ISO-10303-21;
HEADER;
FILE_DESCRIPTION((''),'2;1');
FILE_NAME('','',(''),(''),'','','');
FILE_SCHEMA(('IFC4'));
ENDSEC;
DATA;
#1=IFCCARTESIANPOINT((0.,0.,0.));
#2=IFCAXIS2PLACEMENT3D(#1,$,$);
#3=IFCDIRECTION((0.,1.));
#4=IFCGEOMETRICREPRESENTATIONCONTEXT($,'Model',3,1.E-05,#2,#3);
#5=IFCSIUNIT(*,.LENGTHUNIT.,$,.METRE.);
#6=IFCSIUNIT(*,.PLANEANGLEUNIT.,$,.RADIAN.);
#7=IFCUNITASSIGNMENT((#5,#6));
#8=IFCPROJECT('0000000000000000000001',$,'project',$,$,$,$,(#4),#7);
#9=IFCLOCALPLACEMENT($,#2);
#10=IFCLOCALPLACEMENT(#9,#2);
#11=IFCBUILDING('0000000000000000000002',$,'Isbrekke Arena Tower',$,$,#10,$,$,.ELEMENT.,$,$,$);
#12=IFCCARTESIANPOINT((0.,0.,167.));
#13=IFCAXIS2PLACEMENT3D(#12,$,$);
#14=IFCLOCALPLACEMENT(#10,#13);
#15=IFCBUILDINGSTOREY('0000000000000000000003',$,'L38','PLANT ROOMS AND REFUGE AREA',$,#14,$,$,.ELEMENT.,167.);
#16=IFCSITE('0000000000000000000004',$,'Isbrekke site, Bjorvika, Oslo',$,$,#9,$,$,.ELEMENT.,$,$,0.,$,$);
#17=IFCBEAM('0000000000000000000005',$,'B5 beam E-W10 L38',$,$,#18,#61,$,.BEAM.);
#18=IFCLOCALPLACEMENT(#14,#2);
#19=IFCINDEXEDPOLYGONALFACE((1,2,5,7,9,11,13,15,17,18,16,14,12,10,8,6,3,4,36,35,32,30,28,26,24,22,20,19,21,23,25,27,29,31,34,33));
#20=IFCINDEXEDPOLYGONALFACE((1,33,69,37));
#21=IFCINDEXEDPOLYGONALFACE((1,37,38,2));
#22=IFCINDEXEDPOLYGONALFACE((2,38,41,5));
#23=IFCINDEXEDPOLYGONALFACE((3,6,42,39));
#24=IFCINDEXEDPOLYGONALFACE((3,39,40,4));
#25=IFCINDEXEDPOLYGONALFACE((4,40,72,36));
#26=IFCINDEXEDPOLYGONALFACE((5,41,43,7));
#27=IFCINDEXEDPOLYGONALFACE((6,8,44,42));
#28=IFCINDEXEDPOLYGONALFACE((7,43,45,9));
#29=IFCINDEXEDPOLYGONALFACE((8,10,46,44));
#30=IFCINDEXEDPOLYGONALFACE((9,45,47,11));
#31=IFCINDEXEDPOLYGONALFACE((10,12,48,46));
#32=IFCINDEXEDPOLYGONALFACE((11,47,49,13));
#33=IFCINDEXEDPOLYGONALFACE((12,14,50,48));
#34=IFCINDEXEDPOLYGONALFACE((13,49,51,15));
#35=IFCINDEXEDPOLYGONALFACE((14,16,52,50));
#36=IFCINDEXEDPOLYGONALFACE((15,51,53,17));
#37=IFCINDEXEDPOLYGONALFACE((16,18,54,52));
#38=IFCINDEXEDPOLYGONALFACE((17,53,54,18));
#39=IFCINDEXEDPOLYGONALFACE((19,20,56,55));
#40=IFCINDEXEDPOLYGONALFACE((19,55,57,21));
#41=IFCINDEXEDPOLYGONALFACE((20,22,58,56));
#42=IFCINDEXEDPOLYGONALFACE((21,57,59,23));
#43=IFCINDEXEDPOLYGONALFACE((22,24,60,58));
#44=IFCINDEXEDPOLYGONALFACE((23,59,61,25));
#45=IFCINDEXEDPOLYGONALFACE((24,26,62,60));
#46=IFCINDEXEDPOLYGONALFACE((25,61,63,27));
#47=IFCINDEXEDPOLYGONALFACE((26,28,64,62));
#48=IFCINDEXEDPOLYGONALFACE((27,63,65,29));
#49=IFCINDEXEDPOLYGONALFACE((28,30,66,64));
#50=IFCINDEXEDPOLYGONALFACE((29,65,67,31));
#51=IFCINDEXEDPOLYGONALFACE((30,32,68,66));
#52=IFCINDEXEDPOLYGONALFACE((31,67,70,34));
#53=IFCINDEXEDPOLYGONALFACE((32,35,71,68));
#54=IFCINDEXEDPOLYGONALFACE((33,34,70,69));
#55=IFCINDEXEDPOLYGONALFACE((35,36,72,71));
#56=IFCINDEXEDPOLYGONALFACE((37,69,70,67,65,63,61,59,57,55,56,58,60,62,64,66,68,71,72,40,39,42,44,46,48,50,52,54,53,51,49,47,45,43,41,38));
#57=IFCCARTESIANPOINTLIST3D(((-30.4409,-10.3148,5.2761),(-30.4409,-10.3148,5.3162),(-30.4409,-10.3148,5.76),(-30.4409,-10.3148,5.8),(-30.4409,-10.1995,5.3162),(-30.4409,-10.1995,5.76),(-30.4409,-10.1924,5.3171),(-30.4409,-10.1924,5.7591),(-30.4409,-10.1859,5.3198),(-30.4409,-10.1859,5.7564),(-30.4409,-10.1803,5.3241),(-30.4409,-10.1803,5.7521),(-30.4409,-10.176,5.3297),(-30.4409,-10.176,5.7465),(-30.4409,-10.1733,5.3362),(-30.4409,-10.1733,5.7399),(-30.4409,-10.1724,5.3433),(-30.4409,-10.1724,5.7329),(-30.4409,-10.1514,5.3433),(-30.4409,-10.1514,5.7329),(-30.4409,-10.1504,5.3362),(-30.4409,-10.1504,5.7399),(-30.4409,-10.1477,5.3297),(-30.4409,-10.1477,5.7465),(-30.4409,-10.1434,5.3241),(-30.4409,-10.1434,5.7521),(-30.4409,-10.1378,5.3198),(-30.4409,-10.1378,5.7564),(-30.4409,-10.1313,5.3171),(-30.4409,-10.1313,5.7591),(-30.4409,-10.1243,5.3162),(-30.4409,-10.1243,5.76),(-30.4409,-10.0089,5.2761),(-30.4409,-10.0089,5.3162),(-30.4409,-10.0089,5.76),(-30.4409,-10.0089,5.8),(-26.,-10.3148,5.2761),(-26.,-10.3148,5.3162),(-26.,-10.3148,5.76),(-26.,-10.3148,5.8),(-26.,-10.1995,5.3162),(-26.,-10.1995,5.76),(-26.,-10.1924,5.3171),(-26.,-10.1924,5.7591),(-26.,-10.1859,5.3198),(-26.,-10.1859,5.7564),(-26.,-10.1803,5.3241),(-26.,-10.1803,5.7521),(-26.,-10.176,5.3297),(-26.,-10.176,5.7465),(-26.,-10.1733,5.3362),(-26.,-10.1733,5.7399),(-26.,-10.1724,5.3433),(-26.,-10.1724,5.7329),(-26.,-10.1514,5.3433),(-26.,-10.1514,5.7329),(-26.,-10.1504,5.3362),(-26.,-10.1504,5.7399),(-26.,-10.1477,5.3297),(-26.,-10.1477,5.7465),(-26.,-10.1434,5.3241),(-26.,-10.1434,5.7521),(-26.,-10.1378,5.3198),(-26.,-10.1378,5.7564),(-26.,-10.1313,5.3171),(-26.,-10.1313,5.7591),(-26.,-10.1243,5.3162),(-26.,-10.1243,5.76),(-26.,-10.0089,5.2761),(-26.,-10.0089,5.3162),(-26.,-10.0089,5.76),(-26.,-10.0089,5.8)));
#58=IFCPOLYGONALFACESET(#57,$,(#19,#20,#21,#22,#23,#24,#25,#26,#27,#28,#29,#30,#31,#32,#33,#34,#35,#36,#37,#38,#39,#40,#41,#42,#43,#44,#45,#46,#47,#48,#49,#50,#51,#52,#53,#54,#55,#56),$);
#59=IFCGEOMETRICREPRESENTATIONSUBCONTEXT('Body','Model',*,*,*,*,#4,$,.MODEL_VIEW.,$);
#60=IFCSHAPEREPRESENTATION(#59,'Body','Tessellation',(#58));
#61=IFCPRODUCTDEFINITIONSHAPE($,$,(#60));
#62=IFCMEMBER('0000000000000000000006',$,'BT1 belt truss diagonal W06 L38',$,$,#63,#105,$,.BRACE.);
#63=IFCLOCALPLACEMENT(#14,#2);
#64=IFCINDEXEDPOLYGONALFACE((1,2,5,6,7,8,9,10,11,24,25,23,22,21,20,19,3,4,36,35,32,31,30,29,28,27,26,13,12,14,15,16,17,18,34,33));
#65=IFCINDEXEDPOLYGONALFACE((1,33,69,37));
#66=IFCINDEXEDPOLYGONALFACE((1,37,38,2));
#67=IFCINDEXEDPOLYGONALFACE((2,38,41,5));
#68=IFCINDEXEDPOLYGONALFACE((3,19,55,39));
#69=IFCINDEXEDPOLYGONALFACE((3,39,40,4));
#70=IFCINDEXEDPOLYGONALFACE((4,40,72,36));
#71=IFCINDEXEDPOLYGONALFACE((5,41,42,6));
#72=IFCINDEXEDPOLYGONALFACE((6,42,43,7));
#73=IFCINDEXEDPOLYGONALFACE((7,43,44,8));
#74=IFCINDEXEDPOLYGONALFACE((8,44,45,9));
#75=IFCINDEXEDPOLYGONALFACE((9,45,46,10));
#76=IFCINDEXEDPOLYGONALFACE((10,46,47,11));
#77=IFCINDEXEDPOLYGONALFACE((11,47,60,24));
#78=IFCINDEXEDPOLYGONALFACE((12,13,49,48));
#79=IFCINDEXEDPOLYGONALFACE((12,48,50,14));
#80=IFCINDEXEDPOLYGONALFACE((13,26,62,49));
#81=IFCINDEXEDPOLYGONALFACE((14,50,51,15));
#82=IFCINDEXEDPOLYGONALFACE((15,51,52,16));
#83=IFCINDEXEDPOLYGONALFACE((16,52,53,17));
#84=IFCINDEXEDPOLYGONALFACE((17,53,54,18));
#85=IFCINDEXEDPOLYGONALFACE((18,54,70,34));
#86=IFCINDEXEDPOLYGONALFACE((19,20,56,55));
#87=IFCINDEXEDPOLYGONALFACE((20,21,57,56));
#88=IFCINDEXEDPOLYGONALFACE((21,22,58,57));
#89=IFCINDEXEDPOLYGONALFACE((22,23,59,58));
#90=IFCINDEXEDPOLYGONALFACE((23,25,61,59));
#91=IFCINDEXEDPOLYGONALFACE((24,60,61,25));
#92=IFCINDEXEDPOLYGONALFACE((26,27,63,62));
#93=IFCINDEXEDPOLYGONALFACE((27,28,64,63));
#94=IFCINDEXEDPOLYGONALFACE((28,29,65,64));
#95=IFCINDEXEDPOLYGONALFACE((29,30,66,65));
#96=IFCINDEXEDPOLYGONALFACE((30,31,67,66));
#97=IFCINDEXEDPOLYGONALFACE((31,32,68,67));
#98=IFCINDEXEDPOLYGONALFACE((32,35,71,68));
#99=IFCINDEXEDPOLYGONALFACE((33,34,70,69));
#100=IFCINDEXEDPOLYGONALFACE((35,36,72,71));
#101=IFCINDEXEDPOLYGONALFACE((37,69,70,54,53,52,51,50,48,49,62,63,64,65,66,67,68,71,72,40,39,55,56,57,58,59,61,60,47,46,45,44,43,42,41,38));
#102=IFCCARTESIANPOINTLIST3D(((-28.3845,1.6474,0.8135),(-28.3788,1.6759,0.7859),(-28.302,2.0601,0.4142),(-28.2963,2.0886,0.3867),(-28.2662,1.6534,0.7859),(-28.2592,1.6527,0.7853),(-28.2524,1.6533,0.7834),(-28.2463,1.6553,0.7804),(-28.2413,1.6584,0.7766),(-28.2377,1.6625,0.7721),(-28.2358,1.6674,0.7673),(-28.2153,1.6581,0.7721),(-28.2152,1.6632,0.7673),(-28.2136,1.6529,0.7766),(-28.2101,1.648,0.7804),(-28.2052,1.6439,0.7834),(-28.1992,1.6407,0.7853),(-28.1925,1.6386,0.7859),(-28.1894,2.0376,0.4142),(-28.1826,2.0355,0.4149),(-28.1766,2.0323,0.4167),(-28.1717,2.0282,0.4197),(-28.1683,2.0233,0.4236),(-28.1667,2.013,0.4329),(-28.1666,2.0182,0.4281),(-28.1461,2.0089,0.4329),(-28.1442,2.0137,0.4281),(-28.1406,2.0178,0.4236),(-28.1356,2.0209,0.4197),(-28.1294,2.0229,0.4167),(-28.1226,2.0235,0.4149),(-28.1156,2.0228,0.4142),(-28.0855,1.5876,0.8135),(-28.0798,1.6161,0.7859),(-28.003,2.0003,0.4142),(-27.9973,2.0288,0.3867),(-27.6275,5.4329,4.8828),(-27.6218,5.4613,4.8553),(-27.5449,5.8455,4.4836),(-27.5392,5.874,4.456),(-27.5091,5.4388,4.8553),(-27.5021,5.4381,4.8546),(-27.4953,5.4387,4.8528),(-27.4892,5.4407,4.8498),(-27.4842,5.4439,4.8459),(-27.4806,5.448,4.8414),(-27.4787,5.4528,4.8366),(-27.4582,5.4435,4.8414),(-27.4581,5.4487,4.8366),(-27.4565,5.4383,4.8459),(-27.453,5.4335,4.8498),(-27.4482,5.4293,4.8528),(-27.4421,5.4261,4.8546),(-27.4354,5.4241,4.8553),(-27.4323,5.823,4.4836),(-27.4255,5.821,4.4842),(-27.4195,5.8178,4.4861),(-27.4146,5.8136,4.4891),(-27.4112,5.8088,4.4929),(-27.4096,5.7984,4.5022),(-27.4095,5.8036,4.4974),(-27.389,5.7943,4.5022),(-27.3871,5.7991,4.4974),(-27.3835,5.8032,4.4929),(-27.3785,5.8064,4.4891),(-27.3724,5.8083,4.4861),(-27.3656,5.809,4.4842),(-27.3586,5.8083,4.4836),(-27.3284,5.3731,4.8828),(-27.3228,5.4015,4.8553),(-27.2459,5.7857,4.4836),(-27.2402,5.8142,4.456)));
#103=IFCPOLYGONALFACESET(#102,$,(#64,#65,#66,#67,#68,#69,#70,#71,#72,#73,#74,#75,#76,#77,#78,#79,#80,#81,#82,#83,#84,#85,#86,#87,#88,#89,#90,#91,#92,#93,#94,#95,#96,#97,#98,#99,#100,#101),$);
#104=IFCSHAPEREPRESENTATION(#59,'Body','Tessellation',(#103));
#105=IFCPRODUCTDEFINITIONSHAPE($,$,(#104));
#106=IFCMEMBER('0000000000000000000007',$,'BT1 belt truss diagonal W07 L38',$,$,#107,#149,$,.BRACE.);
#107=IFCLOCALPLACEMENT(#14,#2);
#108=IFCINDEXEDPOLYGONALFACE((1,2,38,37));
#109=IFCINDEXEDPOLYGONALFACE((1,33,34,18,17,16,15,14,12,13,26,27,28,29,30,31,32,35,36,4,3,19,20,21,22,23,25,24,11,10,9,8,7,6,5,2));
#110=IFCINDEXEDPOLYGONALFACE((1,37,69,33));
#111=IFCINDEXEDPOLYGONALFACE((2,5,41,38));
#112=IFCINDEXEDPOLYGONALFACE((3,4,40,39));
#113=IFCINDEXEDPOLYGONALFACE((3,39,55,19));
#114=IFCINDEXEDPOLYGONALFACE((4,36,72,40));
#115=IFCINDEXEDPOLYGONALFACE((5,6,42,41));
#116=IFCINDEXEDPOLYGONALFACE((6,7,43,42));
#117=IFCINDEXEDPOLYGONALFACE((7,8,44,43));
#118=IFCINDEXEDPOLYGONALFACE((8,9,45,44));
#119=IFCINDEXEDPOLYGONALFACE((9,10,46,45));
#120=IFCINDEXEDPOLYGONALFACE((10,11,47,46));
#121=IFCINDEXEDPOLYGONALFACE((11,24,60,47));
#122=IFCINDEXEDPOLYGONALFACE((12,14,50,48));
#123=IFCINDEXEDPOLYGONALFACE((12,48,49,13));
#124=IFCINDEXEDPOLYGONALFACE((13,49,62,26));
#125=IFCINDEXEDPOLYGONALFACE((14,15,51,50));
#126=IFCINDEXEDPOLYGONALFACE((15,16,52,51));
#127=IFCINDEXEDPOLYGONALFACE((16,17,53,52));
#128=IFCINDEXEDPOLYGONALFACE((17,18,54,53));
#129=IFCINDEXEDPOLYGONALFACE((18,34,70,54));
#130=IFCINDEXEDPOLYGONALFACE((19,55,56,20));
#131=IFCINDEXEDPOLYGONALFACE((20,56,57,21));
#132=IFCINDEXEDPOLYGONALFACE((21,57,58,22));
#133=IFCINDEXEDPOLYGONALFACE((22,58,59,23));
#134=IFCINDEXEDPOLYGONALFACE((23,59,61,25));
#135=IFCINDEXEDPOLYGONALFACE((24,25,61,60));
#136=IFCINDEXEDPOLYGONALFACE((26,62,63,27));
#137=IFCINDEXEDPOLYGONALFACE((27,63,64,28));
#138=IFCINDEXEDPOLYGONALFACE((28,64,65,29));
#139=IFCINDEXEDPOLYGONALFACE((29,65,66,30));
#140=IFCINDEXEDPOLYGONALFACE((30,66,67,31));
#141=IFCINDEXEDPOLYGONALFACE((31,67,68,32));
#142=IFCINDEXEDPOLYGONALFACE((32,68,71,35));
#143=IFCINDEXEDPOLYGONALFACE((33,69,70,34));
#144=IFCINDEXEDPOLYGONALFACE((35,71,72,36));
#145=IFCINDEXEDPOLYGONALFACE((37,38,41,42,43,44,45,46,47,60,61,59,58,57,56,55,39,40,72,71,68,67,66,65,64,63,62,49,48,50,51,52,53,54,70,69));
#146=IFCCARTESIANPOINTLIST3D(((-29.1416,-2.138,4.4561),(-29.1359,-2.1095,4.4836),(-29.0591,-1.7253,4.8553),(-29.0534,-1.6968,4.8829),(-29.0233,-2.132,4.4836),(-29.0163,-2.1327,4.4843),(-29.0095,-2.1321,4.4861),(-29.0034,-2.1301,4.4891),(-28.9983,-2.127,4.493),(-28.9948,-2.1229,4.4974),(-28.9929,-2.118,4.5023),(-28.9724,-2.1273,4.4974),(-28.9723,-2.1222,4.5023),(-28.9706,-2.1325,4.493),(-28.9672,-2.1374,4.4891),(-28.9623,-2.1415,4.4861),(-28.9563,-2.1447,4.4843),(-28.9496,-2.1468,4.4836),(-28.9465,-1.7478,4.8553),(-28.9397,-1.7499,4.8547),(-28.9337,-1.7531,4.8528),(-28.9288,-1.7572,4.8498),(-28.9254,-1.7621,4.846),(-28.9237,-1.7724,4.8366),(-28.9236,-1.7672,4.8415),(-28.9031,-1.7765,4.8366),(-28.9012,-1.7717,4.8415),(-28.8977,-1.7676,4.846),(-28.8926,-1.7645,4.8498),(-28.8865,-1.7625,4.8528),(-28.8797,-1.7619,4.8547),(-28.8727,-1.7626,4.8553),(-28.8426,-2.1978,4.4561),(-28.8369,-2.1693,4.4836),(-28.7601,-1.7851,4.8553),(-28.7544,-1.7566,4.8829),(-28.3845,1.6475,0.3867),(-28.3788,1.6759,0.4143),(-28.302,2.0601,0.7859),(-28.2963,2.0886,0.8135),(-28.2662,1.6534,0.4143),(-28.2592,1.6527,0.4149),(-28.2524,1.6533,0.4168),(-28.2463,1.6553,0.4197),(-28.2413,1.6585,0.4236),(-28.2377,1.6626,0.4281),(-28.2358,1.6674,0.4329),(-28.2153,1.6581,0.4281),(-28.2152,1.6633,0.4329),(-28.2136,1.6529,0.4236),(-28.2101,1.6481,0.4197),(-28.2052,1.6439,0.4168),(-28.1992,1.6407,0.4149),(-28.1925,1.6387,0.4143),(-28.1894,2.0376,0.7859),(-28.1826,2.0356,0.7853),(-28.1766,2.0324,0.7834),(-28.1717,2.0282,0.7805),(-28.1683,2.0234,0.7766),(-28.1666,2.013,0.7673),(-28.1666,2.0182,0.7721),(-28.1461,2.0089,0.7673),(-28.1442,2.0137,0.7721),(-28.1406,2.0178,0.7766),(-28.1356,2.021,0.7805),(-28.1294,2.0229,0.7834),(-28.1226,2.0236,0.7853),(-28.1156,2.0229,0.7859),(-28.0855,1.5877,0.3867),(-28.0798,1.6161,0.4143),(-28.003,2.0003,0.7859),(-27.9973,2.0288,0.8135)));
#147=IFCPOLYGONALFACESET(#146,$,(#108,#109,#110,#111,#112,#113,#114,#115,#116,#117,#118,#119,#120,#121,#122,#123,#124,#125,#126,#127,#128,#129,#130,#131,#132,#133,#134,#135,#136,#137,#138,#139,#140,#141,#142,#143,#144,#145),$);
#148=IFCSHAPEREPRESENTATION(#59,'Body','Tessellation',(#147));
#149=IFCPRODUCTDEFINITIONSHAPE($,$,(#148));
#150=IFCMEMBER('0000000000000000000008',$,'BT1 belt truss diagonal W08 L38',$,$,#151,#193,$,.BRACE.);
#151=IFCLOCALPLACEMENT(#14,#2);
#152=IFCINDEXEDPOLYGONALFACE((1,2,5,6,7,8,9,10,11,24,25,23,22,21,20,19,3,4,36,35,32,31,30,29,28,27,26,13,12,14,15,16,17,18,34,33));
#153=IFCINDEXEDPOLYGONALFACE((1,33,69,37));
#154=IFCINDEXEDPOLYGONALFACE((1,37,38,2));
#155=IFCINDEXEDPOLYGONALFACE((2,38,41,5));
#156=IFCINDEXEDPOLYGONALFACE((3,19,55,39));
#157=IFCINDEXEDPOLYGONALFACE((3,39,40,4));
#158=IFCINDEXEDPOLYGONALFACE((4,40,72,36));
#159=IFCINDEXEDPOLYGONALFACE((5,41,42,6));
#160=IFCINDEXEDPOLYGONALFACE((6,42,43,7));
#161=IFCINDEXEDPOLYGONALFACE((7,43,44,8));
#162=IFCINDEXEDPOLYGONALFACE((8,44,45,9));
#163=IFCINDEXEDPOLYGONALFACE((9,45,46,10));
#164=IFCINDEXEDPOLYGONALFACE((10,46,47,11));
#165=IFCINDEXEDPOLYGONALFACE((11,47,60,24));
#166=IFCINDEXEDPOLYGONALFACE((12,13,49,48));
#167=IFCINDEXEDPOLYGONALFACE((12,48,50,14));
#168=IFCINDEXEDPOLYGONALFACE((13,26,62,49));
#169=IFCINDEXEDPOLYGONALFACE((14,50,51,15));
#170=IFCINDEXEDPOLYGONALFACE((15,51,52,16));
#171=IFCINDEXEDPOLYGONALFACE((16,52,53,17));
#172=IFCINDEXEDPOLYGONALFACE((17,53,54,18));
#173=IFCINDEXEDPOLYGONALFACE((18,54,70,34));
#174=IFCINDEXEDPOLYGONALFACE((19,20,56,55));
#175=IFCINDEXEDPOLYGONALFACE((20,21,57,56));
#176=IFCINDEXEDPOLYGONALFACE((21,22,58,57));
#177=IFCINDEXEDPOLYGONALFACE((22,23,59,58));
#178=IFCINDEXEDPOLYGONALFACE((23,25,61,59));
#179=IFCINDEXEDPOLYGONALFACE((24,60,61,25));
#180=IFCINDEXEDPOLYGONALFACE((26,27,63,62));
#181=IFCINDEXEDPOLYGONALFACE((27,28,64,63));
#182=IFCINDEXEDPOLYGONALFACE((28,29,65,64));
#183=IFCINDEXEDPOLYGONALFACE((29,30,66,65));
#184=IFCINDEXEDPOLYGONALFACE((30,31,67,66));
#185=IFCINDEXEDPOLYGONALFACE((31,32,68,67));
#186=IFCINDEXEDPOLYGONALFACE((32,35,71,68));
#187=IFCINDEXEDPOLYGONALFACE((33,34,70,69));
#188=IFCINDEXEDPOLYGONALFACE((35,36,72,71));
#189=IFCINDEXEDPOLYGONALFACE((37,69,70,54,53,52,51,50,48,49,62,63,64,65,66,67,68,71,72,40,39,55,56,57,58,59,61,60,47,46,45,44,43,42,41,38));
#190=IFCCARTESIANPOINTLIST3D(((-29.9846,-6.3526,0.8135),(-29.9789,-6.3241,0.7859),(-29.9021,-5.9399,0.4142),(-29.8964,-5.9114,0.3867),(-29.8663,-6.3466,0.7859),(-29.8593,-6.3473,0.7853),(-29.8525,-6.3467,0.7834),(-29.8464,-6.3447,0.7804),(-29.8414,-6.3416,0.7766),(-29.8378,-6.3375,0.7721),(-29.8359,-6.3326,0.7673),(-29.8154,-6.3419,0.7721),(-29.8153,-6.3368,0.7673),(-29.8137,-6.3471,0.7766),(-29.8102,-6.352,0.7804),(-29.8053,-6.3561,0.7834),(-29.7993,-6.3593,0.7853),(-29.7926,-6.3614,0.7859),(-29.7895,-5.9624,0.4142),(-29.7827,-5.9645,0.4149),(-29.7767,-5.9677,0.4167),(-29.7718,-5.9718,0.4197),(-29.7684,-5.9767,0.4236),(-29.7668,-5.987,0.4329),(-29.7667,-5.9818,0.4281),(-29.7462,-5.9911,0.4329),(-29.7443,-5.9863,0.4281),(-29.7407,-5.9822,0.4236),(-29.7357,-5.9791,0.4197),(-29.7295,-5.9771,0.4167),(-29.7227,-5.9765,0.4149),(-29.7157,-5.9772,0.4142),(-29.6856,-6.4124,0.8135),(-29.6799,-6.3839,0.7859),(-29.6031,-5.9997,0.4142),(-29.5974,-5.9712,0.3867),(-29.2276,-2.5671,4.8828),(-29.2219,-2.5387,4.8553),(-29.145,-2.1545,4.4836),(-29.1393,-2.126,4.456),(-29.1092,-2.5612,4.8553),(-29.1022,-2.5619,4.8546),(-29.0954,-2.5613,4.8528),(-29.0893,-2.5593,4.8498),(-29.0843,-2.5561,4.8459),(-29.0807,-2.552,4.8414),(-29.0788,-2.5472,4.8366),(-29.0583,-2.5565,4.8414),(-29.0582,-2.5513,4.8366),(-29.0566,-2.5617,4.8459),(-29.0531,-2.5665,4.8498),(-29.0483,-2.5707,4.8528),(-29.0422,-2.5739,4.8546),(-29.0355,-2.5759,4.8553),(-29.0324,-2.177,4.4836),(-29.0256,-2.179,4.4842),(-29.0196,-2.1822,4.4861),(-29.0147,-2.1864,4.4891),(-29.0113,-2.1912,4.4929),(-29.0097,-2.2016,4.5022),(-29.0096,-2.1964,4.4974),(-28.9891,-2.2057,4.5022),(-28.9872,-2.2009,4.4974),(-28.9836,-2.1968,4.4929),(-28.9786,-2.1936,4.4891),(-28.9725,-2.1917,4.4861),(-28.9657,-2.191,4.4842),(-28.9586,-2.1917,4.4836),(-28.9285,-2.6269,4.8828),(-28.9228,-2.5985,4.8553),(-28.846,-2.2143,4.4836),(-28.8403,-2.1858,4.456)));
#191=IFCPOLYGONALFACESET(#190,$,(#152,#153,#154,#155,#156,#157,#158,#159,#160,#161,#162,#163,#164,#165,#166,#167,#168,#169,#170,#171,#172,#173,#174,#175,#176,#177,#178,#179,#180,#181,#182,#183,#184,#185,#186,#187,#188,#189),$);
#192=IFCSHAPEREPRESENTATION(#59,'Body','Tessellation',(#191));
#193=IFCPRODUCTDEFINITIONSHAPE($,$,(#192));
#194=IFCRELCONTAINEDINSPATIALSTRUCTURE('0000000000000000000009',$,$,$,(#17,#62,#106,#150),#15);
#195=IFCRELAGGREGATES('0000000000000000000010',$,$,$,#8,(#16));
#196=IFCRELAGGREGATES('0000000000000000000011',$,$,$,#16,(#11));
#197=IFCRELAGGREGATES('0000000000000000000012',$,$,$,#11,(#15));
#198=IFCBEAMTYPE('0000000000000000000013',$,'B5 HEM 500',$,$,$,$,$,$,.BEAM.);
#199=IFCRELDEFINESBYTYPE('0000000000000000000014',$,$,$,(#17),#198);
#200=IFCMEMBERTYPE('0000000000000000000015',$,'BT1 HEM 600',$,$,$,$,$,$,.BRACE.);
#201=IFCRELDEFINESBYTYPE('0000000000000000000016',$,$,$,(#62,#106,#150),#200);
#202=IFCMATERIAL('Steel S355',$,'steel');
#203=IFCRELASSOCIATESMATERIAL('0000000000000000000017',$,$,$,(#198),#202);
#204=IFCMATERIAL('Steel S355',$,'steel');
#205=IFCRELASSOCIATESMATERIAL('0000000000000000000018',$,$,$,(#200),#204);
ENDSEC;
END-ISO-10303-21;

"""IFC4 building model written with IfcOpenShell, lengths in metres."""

from ifc_helpers import new_model, si_unit, direction, frame, origin, origin_2d, place, context, subcontext, project, spatial, i_section, extrude, material, material_profile, profile_set, type_object, element, save


model = new_model("IFC4")

# Units and contexts
model_context = context("Model", 3, precision=1e-05, world=origin(), true_north=direction((0.0, 1.0)))
body_context = subcontext(model_context, "Body", "Model", "MODEL_VIEW")
ifc_project = project(units=[si_unit("LENGTHUNIT", "METRE"), si_unit("PLANEANGLEUNIT", "RADIAN")], contexts=[model_context])

# Site, building, storey
site_placement = place(None, origin())
site = spatial("IfcSite", under=ifc_project, at=site_placement, Name="Isbrekke site, Bjorvika, Oslo", CompositionType="ELEMENT", RefElevation=0.0)
building_placement = place(site_placement, origin())
building = spatial("IfcBuilding", under=site, at=building_placement, Name="Isbrekke Arena Tower", CompositionType="ELEMENT")
storey_placement = place(building_placement, frame((0.0, 0.0, 167.0)))
storey = spatial("IfcBuildingStorey", under=building, at=storey_placement, Name="L38", Description="PLANT ROOMS AND REFUGE AREA", CompositionType="ELEMENT", Elevation=167.0)

# Beam
ifc_material_1 = material(Name="Steel S355", Category="steel")
ifc_material_profile_1 = material_profile(ifc_material_1, i_section(OverallWidth=0.3059, OverallDepth=0.5239, WebThickness=0.021, FlangeThickness=0.04, FilletRadius=0.0271, at=origin_2d()), Name="HEM 500")
ifc_profile_set_1 = profile_set([ifc_material_profile_1], Name="Steel S355")
beam_type_1 = type_object("IfcBeamType", Name="B5 HEM 500", PredefinedType="BEAM", material=ifc_profile_set_1)
beam_1_placement = place(storey_placement, frame((-30.4409, -10.1619, 5.5381), z_axis=(1.0, 0.0, 0.0), x_axis=(0.0, 1.0, 0.0)))
element("IfcBeam", 1, at=beam_1_placement, inside=storey, type_object=beam_type_1, Name="B5 beam E-W10 L38", PredefinedType="BEAM", context=body_context, shape_type="SweptSolid", body=[
    extrude(i_section(OverallWidth=0.3059, OverallDepth=0.5239, WebThickness=0.021, FlangeThickness=0.04, FilletRadius=0.0271, at=origin_2d()), origin(), (0.0, 0.0, 1.0), 4.4409),
])

# Members
ifc_material_2 = material(Name="Steel S355", Category="steel")
ifc_material_profile_2 = material_profile(ifc_material_2, i_section(OverallWidth=0.3049, OverallDepth=0.6201, WebThickness=0.021, FlangeThickness=0.04, FilletRadius=0.0271, at=origin_2d()), Name="HEM 600")
ifc_profile_set_2 = profile_set([ifc_material_profile_2], Name="Steel S355")
member_type_1 = type_object("IfcMemberType", Name="BT1 HEM 600", PredefinedType="BRACE", material=ifc_profile_set_2)
for number, where, z_axis, x_axis, name in (
    (2, (-27.4338, 5.6235, 4.6694), (-0.134974, -0.674869, -0.725489), (0.980581, -0.196116, 0.0), "BT1 belt truss diagonal W06 L38"),
    (3, (-28.1909, 1.8381, 0.6001), (-0.134974, -0.674869, 0.725489), (0.980581, -0.196116, 0.0), "BT1 belt truss diagonal W07 L38"),
    (4, (-29.0339, -2.3765, 4.6694), (-0.134974, -0.674869, -0.725489), (0.980581, -0.196116, 0.0), "BT1 belt truss diagonal W08 L38"),
):
    element("IfcMember", number, at=place(storey_placement, frame(where, z_axis=z_axis, x_axis=x_axis)), inside=storey, type_object=member_type_1, Name=name, PredefinedType="BRACE", context=body_context, shape_type="SweptSolid", body=[
        extrude(i_section(OverallWidth=0.3049, OverallDepth=0.6201, WebThickness=0.021, FlangeThickness=0.04, FilletRadius=0.0271, at=origin_2d()), origin(), (0.0, 0.0, 1.0), 5.6091),
    ])

save(model, "model.ifc")
